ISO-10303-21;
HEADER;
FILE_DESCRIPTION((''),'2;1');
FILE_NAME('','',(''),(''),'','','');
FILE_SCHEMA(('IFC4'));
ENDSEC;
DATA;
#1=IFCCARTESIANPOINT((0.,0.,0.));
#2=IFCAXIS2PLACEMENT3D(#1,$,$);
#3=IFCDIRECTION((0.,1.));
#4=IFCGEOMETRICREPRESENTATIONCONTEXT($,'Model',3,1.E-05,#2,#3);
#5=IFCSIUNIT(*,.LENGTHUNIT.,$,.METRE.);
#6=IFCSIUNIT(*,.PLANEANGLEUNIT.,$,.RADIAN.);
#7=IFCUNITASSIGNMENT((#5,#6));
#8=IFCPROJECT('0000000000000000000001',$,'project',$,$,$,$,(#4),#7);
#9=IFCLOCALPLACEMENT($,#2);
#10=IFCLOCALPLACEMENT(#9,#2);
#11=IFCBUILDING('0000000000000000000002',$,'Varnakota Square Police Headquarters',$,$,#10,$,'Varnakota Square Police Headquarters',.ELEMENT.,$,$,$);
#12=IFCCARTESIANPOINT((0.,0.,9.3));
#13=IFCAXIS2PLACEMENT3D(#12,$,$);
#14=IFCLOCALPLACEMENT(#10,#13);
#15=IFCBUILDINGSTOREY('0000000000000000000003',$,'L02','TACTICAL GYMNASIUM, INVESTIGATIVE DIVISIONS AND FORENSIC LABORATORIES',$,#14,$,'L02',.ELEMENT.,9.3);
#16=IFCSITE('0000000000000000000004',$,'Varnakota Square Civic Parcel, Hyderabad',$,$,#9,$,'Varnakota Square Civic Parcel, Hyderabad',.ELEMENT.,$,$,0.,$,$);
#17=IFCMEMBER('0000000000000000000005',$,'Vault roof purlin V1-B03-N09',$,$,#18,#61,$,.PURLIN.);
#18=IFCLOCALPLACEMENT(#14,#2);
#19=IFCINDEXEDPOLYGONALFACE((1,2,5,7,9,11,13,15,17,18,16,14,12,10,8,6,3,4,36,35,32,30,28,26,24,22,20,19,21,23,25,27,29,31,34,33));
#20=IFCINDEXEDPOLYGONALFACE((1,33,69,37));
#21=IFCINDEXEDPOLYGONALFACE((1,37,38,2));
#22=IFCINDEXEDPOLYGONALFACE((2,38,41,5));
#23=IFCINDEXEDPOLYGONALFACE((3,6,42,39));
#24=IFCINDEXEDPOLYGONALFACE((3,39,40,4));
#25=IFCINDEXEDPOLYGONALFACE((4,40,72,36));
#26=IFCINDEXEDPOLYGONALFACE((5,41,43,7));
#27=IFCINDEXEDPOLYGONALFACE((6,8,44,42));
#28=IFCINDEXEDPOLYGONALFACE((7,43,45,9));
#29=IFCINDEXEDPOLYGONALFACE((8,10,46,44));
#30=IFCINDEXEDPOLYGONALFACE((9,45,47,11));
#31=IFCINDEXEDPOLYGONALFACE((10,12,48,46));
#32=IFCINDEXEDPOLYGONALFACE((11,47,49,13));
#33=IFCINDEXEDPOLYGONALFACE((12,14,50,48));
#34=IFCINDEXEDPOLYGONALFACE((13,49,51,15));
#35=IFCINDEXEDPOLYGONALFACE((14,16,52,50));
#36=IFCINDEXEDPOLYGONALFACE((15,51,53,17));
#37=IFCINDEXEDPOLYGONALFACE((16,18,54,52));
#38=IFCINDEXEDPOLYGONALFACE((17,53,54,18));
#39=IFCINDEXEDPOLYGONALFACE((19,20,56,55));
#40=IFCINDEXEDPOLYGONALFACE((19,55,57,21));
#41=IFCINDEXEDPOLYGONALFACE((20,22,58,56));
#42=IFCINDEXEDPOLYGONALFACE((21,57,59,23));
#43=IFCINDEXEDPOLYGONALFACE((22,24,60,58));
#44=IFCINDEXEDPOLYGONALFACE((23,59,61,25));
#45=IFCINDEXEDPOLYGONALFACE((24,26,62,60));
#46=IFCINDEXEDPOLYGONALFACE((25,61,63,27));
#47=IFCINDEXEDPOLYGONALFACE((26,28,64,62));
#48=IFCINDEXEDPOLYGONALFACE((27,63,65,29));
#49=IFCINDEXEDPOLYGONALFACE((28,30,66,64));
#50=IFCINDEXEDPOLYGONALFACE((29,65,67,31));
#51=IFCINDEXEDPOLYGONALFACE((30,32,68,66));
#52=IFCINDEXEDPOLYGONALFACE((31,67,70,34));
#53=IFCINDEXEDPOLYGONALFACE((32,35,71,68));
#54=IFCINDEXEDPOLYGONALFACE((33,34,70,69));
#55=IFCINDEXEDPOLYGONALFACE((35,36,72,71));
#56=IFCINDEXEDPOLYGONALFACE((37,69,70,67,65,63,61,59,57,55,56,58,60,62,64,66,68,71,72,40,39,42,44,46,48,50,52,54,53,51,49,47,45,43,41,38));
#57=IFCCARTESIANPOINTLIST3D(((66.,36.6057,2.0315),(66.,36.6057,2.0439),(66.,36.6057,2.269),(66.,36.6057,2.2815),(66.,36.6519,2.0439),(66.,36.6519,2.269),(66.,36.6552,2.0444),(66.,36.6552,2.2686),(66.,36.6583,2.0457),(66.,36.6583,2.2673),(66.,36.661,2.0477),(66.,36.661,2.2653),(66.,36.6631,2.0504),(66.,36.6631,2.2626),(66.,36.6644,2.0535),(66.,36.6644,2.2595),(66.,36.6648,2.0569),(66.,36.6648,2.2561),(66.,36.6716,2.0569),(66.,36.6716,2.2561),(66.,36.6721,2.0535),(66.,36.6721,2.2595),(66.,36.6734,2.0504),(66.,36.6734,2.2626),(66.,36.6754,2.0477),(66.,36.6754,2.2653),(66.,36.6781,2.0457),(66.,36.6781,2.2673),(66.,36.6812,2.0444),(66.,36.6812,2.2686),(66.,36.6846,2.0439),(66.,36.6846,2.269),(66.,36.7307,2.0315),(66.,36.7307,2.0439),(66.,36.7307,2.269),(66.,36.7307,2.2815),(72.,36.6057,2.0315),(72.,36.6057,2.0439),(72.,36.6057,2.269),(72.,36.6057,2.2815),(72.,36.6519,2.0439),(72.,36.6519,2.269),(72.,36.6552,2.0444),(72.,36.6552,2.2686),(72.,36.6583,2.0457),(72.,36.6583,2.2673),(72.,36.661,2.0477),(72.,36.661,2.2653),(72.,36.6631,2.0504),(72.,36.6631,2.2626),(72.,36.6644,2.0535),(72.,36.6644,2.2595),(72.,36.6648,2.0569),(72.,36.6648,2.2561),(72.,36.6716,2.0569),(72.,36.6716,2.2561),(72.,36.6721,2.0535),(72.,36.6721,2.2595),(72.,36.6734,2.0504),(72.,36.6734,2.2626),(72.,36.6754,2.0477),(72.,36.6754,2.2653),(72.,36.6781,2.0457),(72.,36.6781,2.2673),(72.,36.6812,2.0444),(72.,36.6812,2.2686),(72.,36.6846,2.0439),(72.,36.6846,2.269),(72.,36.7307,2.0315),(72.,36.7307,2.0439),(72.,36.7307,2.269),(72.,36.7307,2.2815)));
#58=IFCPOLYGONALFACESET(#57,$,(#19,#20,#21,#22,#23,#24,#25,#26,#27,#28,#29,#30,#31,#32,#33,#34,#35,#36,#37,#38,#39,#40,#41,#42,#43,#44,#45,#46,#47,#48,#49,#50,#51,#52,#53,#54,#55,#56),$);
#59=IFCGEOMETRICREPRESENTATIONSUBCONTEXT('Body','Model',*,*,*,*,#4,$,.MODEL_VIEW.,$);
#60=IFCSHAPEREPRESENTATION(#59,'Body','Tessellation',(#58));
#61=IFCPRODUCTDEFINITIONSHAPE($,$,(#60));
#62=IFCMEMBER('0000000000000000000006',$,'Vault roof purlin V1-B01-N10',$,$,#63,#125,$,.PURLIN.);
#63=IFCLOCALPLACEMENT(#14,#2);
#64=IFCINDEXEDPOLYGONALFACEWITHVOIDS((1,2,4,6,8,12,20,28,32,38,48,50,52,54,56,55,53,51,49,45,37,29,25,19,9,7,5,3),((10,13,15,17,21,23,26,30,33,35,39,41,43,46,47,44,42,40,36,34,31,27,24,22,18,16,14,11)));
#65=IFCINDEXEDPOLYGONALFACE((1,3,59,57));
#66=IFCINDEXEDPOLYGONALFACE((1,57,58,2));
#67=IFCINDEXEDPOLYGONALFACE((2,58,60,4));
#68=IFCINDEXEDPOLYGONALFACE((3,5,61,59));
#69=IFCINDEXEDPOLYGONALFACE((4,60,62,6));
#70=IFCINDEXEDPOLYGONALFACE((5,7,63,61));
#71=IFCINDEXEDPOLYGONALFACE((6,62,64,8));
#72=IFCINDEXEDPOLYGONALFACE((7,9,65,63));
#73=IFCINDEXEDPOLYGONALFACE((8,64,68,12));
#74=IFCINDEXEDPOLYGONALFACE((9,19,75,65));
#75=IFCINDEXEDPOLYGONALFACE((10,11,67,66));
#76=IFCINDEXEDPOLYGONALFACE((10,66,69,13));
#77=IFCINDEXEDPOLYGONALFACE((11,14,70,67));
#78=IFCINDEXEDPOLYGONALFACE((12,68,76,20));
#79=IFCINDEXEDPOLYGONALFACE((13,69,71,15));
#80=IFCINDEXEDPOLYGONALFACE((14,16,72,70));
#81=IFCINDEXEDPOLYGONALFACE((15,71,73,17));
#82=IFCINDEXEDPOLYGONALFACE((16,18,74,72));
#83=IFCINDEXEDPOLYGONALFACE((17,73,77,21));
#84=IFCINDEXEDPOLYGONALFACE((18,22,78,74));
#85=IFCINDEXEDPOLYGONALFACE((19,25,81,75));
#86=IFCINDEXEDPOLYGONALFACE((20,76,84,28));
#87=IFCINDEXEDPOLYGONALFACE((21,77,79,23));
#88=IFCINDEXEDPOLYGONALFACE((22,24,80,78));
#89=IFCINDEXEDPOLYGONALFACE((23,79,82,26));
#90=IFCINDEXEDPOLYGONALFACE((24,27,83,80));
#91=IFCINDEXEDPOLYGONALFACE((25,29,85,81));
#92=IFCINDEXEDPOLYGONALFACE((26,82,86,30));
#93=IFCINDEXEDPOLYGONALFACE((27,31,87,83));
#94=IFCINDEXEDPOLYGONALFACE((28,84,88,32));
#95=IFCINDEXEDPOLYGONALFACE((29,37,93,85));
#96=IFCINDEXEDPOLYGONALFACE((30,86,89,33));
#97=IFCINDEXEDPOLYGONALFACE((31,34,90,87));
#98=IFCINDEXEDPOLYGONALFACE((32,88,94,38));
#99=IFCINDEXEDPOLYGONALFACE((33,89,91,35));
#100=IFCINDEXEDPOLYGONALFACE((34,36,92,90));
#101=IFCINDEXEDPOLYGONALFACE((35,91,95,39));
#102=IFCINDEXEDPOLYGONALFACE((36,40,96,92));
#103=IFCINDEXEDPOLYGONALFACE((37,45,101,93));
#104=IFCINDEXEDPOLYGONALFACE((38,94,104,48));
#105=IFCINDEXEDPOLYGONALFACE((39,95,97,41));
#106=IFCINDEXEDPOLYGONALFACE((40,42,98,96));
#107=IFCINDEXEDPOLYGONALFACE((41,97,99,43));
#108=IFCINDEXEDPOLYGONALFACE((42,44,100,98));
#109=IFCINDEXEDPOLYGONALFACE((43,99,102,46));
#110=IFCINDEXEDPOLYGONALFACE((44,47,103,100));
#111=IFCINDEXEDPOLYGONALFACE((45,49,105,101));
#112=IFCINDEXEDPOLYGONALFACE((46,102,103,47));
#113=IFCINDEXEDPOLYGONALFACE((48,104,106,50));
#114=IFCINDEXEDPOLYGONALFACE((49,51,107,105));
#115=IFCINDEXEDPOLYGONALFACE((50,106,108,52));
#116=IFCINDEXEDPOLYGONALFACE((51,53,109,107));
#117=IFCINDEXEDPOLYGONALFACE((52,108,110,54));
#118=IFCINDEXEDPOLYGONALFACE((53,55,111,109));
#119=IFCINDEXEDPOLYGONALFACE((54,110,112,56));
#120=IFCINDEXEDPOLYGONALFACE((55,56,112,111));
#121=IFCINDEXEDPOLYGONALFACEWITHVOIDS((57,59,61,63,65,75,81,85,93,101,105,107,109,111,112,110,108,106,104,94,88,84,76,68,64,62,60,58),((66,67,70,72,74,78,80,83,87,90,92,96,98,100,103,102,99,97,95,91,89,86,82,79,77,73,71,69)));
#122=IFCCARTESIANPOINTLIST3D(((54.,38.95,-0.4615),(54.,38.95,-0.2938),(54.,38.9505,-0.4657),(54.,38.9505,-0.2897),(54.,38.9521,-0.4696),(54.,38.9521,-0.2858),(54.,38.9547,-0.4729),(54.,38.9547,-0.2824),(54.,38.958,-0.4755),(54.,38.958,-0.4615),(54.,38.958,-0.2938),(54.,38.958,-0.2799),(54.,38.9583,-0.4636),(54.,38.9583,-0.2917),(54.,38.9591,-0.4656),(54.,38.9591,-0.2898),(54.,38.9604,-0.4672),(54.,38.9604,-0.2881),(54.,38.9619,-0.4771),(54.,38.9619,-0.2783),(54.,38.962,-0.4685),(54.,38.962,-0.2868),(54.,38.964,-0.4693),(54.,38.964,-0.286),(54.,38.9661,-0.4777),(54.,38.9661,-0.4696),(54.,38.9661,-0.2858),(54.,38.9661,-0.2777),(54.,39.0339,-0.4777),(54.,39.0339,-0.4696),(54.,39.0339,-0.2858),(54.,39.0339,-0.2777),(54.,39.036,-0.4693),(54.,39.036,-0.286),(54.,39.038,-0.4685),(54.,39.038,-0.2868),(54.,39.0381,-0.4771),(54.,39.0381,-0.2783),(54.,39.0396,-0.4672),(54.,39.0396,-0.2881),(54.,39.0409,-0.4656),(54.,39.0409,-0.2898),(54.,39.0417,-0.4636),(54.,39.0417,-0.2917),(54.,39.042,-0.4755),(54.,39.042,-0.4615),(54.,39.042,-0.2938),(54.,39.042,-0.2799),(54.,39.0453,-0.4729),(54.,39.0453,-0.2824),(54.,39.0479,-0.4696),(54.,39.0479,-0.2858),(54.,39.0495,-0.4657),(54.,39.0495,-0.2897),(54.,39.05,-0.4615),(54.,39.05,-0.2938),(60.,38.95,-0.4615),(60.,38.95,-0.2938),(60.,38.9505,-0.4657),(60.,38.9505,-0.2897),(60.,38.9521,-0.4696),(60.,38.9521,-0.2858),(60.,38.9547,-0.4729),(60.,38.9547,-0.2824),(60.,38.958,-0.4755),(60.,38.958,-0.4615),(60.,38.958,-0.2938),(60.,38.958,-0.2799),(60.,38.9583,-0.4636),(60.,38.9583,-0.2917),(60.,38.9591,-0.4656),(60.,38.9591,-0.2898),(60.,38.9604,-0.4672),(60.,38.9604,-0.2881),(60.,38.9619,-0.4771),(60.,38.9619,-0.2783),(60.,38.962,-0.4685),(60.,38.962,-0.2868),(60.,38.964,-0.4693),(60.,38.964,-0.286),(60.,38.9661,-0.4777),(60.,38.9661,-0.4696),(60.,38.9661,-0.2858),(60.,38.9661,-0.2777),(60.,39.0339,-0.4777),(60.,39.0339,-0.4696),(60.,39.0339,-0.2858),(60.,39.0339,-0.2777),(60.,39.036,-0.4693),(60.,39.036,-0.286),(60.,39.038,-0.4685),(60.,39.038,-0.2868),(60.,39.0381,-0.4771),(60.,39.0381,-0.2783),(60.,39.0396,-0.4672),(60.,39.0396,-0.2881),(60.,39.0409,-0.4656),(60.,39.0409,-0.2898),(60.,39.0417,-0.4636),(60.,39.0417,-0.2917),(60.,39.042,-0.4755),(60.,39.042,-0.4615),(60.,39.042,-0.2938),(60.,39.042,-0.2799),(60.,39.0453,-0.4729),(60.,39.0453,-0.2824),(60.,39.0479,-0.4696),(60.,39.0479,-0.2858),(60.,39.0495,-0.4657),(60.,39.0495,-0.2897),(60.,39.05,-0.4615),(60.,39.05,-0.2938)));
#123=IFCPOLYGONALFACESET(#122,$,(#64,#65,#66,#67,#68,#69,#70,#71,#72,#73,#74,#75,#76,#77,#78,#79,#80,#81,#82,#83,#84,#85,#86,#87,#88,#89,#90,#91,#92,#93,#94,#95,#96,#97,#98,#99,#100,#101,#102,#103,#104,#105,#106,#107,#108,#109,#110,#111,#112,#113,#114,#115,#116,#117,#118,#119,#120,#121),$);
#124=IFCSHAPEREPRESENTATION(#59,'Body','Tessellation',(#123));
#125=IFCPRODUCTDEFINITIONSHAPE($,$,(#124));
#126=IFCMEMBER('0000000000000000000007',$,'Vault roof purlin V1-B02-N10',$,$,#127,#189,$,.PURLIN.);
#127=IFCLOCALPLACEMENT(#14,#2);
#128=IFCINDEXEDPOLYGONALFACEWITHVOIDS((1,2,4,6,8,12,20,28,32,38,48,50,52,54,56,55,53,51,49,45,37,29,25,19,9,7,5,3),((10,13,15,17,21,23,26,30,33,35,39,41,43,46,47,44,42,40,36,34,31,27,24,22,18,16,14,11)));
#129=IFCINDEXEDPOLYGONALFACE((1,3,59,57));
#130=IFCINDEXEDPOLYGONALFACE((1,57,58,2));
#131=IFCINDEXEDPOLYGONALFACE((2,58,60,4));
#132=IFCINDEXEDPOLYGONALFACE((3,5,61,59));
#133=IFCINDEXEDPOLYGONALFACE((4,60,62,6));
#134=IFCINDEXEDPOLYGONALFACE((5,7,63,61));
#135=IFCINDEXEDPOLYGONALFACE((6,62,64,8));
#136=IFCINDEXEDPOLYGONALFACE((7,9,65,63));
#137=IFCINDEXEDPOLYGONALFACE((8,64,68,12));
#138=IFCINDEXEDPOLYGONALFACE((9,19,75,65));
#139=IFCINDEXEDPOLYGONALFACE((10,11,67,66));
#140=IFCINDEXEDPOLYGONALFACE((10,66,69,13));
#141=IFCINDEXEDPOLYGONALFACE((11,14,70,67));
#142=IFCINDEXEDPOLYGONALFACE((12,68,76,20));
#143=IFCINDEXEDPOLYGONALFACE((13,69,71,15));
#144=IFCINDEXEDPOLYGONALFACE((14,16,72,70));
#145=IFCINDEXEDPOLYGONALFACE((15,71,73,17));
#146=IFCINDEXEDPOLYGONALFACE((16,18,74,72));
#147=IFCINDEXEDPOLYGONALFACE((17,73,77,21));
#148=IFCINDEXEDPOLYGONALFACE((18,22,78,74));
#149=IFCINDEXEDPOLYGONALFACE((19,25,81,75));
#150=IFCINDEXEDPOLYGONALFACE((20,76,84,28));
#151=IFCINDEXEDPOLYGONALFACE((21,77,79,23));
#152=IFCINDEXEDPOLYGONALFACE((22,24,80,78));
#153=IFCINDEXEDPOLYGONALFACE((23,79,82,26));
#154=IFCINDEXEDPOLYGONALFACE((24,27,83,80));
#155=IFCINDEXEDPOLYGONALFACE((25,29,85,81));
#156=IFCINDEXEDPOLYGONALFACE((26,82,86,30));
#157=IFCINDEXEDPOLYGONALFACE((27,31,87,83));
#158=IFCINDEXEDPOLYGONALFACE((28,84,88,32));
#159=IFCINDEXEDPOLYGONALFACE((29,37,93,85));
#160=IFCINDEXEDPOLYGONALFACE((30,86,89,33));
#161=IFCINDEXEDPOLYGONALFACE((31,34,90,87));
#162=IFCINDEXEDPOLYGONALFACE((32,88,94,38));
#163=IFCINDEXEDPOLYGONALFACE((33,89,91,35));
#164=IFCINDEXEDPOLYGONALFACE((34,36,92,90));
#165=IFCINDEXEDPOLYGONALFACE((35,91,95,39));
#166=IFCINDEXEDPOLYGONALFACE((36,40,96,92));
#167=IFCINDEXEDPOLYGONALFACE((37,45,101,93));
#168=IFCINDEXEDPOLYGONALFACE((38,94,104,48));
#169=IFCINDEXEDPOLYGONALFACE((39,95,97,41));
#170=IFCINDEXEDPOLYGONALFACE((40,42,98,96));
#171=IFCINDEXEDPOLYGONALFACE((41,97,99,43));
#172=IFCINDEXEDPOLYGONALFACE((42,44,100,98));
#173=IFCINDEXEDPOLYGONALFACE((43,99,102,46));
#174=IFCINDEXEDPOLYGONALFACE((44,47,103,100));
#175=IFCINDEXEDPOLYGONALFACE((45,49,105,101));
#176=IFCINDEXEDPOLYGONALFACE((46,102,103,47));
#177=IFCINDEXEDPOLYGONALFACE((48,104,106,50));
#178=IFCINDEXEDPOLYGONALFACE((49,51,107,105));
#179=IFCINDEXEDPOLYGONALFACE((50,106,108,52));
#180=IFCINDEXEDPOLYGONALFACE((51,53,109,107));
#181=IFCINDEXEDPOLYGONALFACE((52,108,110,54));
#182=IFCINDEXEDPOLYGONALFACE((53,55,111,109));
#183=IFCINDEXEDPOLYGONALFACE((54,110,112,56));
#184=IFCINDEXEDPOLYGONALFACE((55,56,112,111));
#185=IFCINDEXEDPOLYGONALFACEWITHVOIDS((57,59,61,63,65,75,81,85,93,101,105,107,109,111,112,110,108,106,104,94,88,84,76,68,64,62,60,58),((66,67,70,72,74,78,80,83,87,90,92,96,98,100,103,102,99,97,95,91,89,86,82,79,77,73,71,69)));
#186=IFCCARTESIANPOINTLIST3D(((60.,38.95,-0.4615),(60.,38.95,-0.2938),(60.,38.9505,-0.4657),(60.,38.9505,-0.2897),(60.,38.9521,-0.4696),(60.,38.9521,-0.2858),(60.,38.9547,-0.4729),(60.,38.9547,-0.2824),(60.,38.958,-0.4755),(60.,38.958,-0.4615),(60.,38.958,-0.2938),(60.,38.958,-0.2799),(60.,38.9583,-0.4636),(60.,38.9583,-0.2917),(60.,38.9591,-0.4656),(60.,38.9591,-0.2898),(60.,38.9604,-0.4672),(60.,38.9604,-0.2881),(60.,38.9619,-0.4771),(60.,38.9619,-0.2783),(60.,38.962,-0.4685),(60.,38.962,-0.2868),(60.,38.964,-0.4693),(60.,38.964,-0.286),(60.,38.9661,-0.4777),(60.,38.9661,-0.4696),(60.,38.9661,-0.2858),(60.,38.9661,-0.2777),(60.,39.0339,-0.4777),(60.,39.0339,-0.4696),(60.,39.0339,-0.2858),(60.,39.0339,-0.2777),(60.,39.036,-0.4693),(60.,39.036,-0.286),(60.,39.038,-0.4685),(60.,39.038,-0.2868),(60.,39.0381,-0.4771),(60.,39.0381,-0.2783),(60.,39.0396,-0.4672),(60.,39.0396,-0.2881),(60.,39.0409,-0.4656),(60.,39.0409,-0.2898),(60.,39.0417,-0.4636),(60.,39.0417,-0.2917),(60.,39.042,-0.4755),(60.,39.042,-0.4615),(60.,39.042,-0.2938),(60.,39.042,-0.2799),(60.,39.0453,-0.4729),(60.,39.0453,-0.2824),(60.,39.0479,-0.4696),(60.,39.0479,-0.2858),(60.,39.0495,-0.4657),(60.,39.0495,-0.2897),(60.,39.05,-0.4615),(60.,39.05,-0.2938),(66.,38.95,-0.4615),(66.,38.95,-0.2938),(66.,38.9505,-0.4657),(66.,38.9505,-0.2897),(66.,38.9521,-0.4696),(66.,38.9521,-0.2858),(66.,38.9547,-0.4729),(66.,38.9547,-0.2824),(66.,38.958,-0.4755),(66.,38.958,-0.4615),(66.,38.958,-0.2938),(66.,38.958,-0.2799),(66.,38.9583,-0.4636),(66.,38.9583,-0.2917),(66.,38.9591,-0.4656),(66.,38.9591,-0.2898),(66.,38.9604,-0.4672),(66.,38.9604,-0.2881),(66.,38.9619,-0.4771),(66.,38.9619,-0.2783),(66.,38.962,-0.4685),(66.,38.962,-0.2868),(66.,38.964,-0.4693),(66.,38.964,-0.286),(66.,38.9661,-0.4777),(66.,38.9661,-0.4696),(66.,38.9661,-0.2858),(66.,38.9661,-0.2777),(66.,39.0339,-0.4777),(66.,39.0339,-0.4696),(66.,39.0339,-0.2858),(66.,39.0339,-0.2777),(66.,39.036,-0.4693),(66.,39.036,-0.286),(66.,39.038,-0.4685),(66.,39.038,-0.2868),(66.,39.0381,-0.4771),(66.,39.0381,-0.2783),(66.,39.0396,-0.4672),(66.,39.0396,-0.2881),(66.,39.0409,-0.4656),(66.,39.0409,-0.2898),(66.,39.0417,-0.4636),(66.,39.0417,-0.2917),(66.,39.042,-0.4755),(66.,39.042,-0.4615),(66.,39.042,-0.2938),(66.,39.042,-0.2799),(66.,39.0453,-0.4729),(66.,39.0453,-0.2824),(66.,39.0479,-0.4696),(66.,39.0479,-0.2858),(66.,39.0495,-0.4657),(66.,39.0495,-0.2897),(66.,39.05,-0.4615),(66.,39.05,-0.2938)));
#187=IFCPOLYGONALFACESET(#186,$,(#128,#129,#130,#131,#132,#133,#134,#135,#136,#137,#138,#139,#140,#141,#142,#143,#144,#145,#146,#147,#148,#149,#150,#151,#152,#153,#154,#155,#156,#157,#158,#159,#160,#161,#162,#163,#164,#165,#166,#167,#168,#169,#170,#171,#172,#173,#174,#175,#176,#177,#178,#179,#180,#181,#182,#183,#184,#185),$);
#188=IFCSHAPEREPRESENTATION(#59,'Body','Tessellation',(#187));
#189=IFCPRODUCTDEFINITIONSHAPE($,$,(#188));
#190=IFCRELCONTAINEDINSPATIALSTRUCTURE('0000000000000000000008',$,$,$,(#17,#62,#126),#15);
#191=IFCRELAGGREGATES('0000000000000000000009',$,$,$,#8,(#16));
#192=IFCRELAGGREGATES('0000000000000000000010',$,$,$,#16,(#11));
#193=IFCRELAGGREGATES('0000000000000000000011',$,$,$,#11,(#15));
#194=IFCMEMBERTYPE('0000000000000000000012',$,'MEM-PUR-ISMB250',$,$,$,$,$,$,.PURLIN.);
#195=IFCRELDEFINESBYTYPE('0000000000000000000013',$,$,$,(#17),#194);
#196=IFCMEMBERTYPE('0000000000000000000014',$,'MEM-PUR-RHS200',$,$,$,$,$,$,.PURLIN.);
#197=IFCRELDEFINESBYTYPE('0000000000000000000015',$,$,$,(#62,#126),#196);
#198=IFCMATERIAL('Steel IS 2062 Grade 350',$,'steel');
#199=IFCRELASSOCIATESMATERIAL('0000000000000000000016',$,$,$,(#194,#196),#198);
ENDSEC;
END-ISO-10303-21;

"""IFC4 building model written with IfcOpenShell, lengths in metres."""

from ifc_helpers import new_model, si_unit, direction, frame, origin, origin_2d, place, context, subcontext, project, spatial, hollow_rectangle, i_section, extrude, material, material_profile, profile_set, type_object, element, save


model = new_model("IFC4")

# Units and contexts
model_context = context("Model", 3, precision=1e-05, world=origin(), true_north=direction((0.0, 1.0)))
body_context = subcontext(model_context, "Body", "Model", "MODEL_VIEW")
ifc_project = project(units=[si_unit("LENGTHUNIT", "METRE"), si_unit("PLANEANGLEUNIT", "RADIAN")], contexts=[model_context])

# Site, building, storey
site_placement = place(None, origin())
site = spatial("IfcSite", under=ifc_project, at=site_placement, Name="Varnakota Square Civic Parcel, Hyderabad", LongName="Varnakota Square Civic Parcel, Hyderabad", CompositionType="ELEMENT", RefElevation=0.0)
building_placement = place(site_placement, origin())
building = spatial("IfcBuilding", under=site, at=building_placement, Name="Varnakota Square Police Headquarters", LongName="Varnakota Square Police Headquarters", CompositionType="ELEMENT")
storey_placement = place(building_placement, frame((0.0, 0.0, 9.3)))
storey = spatial("IfcBuildingStorey", under=building, at=storey_placement, Name="L02", Description="TACTICAL GYMNASIUM, INVESTIGATIVE DIVISIONS AND FORENSIC LABORATORIES", LongName="L02", CompositionType="ELEMENT", Elevation=9.3)

# Shared definitions
ifc_material_1 = material(Name="Steel IS 2062 Grade 350", Category="steel")

# Members
ifc_material_profile_1 = material_profile(ifc_material_1, i_section(OverallWidth=0.125, OverallDepth=0.25, WebThickness=0.0068, FlangeThickness=0.0125, FilletRadius=0.0129, at=origin_2d()), Name="ISMB 250")
ifc_profile_set_1 = profile_set([ifc_material_profile_1], Name="Steel IS 2062 Grade 350")
member_type_1 = type_object("IfcMemberType", Name="MEM-PUR-ISMB250", PredefinedType="PURLIN", material=ifc_profile_set_1)
for number, where, z_axis, x_axis, name in (
    (1, (66.0, 36.6682, 2.1565), (1.0, 0.0, 0.0), (0.0, 1.0, 0.0), "Vault roof purlin V1-B03-N09"),
):
    element("IfcMember", number, at=place(storey_placement, frame(where, z_axis=z_axis, x_axis=x_axis)), inside=storey, type_object=member_type_1, Name=name, PredefinedType="PURLIN", context=body_context, shape_type="SweptSolid", body=[
        extrude(i_section(OverallWidth=0.125, OverallDepth=0.25, WebThickness=0.0068, FlangeThickness=0.0125, FilletRadius=0.0129, at=origin_2d()), origin(), (0.0, 0.0, 1.0), 6.0),
    ])
ifc_material_profile_2 = material_profile(ifc_material_1, hollow_rectangle(XDim=0.1001, YDim=0.2, WallThickness=0.0081, InnerFilletRadius=0.0081, OuterFilletRadius=0.0161, at=origin_2d()), Name="RHS 200x100x8")
ifc_profile_set_2 = profile_set([ifc_material_profile_2], Name="Steel IS 2062 Grade 350")
member_type_2 = type_object("IfcMemberType", Name="MEM-PUR-RHS200", PredefinedType="PURLIN", material=ifc_profile_set_2)
for number, where, z_axis, x_axis, name in (
    (2, (54.0, 39.0, -0.3777), (1.0, 0.0, 0.0), (0.0, 1.0, 0.0), "Vault roof purlin V1-B01-N10"),
    (3, (60.0, 39.0, -0.3777), (1.0, 0.0, 0.0), (0.0, 1.0, 0.0), "Vault roof purlin V1-B02-N10"),
):
    element("IfcMember", number, at=place(storey_placement, frame(where, z_axis=z_axis, x_axis=x_axis)), inside=storey, type_object=member_type_2, Name=name, PredefinedType="PURLIN", context=body_context, shape_type="SweptSolid", body=[
        extrude(hollow_rectangle(XDim=0.1001, YDim=0.2, WallThickness=0.0081, InnerFilletRadius=0.0081, OuterFilletRadius=0.0161, at=origin_2d()), origin(), (0.0, 0.0, 1.0), 6.0),
    ])

save(model, "model.ifc")
